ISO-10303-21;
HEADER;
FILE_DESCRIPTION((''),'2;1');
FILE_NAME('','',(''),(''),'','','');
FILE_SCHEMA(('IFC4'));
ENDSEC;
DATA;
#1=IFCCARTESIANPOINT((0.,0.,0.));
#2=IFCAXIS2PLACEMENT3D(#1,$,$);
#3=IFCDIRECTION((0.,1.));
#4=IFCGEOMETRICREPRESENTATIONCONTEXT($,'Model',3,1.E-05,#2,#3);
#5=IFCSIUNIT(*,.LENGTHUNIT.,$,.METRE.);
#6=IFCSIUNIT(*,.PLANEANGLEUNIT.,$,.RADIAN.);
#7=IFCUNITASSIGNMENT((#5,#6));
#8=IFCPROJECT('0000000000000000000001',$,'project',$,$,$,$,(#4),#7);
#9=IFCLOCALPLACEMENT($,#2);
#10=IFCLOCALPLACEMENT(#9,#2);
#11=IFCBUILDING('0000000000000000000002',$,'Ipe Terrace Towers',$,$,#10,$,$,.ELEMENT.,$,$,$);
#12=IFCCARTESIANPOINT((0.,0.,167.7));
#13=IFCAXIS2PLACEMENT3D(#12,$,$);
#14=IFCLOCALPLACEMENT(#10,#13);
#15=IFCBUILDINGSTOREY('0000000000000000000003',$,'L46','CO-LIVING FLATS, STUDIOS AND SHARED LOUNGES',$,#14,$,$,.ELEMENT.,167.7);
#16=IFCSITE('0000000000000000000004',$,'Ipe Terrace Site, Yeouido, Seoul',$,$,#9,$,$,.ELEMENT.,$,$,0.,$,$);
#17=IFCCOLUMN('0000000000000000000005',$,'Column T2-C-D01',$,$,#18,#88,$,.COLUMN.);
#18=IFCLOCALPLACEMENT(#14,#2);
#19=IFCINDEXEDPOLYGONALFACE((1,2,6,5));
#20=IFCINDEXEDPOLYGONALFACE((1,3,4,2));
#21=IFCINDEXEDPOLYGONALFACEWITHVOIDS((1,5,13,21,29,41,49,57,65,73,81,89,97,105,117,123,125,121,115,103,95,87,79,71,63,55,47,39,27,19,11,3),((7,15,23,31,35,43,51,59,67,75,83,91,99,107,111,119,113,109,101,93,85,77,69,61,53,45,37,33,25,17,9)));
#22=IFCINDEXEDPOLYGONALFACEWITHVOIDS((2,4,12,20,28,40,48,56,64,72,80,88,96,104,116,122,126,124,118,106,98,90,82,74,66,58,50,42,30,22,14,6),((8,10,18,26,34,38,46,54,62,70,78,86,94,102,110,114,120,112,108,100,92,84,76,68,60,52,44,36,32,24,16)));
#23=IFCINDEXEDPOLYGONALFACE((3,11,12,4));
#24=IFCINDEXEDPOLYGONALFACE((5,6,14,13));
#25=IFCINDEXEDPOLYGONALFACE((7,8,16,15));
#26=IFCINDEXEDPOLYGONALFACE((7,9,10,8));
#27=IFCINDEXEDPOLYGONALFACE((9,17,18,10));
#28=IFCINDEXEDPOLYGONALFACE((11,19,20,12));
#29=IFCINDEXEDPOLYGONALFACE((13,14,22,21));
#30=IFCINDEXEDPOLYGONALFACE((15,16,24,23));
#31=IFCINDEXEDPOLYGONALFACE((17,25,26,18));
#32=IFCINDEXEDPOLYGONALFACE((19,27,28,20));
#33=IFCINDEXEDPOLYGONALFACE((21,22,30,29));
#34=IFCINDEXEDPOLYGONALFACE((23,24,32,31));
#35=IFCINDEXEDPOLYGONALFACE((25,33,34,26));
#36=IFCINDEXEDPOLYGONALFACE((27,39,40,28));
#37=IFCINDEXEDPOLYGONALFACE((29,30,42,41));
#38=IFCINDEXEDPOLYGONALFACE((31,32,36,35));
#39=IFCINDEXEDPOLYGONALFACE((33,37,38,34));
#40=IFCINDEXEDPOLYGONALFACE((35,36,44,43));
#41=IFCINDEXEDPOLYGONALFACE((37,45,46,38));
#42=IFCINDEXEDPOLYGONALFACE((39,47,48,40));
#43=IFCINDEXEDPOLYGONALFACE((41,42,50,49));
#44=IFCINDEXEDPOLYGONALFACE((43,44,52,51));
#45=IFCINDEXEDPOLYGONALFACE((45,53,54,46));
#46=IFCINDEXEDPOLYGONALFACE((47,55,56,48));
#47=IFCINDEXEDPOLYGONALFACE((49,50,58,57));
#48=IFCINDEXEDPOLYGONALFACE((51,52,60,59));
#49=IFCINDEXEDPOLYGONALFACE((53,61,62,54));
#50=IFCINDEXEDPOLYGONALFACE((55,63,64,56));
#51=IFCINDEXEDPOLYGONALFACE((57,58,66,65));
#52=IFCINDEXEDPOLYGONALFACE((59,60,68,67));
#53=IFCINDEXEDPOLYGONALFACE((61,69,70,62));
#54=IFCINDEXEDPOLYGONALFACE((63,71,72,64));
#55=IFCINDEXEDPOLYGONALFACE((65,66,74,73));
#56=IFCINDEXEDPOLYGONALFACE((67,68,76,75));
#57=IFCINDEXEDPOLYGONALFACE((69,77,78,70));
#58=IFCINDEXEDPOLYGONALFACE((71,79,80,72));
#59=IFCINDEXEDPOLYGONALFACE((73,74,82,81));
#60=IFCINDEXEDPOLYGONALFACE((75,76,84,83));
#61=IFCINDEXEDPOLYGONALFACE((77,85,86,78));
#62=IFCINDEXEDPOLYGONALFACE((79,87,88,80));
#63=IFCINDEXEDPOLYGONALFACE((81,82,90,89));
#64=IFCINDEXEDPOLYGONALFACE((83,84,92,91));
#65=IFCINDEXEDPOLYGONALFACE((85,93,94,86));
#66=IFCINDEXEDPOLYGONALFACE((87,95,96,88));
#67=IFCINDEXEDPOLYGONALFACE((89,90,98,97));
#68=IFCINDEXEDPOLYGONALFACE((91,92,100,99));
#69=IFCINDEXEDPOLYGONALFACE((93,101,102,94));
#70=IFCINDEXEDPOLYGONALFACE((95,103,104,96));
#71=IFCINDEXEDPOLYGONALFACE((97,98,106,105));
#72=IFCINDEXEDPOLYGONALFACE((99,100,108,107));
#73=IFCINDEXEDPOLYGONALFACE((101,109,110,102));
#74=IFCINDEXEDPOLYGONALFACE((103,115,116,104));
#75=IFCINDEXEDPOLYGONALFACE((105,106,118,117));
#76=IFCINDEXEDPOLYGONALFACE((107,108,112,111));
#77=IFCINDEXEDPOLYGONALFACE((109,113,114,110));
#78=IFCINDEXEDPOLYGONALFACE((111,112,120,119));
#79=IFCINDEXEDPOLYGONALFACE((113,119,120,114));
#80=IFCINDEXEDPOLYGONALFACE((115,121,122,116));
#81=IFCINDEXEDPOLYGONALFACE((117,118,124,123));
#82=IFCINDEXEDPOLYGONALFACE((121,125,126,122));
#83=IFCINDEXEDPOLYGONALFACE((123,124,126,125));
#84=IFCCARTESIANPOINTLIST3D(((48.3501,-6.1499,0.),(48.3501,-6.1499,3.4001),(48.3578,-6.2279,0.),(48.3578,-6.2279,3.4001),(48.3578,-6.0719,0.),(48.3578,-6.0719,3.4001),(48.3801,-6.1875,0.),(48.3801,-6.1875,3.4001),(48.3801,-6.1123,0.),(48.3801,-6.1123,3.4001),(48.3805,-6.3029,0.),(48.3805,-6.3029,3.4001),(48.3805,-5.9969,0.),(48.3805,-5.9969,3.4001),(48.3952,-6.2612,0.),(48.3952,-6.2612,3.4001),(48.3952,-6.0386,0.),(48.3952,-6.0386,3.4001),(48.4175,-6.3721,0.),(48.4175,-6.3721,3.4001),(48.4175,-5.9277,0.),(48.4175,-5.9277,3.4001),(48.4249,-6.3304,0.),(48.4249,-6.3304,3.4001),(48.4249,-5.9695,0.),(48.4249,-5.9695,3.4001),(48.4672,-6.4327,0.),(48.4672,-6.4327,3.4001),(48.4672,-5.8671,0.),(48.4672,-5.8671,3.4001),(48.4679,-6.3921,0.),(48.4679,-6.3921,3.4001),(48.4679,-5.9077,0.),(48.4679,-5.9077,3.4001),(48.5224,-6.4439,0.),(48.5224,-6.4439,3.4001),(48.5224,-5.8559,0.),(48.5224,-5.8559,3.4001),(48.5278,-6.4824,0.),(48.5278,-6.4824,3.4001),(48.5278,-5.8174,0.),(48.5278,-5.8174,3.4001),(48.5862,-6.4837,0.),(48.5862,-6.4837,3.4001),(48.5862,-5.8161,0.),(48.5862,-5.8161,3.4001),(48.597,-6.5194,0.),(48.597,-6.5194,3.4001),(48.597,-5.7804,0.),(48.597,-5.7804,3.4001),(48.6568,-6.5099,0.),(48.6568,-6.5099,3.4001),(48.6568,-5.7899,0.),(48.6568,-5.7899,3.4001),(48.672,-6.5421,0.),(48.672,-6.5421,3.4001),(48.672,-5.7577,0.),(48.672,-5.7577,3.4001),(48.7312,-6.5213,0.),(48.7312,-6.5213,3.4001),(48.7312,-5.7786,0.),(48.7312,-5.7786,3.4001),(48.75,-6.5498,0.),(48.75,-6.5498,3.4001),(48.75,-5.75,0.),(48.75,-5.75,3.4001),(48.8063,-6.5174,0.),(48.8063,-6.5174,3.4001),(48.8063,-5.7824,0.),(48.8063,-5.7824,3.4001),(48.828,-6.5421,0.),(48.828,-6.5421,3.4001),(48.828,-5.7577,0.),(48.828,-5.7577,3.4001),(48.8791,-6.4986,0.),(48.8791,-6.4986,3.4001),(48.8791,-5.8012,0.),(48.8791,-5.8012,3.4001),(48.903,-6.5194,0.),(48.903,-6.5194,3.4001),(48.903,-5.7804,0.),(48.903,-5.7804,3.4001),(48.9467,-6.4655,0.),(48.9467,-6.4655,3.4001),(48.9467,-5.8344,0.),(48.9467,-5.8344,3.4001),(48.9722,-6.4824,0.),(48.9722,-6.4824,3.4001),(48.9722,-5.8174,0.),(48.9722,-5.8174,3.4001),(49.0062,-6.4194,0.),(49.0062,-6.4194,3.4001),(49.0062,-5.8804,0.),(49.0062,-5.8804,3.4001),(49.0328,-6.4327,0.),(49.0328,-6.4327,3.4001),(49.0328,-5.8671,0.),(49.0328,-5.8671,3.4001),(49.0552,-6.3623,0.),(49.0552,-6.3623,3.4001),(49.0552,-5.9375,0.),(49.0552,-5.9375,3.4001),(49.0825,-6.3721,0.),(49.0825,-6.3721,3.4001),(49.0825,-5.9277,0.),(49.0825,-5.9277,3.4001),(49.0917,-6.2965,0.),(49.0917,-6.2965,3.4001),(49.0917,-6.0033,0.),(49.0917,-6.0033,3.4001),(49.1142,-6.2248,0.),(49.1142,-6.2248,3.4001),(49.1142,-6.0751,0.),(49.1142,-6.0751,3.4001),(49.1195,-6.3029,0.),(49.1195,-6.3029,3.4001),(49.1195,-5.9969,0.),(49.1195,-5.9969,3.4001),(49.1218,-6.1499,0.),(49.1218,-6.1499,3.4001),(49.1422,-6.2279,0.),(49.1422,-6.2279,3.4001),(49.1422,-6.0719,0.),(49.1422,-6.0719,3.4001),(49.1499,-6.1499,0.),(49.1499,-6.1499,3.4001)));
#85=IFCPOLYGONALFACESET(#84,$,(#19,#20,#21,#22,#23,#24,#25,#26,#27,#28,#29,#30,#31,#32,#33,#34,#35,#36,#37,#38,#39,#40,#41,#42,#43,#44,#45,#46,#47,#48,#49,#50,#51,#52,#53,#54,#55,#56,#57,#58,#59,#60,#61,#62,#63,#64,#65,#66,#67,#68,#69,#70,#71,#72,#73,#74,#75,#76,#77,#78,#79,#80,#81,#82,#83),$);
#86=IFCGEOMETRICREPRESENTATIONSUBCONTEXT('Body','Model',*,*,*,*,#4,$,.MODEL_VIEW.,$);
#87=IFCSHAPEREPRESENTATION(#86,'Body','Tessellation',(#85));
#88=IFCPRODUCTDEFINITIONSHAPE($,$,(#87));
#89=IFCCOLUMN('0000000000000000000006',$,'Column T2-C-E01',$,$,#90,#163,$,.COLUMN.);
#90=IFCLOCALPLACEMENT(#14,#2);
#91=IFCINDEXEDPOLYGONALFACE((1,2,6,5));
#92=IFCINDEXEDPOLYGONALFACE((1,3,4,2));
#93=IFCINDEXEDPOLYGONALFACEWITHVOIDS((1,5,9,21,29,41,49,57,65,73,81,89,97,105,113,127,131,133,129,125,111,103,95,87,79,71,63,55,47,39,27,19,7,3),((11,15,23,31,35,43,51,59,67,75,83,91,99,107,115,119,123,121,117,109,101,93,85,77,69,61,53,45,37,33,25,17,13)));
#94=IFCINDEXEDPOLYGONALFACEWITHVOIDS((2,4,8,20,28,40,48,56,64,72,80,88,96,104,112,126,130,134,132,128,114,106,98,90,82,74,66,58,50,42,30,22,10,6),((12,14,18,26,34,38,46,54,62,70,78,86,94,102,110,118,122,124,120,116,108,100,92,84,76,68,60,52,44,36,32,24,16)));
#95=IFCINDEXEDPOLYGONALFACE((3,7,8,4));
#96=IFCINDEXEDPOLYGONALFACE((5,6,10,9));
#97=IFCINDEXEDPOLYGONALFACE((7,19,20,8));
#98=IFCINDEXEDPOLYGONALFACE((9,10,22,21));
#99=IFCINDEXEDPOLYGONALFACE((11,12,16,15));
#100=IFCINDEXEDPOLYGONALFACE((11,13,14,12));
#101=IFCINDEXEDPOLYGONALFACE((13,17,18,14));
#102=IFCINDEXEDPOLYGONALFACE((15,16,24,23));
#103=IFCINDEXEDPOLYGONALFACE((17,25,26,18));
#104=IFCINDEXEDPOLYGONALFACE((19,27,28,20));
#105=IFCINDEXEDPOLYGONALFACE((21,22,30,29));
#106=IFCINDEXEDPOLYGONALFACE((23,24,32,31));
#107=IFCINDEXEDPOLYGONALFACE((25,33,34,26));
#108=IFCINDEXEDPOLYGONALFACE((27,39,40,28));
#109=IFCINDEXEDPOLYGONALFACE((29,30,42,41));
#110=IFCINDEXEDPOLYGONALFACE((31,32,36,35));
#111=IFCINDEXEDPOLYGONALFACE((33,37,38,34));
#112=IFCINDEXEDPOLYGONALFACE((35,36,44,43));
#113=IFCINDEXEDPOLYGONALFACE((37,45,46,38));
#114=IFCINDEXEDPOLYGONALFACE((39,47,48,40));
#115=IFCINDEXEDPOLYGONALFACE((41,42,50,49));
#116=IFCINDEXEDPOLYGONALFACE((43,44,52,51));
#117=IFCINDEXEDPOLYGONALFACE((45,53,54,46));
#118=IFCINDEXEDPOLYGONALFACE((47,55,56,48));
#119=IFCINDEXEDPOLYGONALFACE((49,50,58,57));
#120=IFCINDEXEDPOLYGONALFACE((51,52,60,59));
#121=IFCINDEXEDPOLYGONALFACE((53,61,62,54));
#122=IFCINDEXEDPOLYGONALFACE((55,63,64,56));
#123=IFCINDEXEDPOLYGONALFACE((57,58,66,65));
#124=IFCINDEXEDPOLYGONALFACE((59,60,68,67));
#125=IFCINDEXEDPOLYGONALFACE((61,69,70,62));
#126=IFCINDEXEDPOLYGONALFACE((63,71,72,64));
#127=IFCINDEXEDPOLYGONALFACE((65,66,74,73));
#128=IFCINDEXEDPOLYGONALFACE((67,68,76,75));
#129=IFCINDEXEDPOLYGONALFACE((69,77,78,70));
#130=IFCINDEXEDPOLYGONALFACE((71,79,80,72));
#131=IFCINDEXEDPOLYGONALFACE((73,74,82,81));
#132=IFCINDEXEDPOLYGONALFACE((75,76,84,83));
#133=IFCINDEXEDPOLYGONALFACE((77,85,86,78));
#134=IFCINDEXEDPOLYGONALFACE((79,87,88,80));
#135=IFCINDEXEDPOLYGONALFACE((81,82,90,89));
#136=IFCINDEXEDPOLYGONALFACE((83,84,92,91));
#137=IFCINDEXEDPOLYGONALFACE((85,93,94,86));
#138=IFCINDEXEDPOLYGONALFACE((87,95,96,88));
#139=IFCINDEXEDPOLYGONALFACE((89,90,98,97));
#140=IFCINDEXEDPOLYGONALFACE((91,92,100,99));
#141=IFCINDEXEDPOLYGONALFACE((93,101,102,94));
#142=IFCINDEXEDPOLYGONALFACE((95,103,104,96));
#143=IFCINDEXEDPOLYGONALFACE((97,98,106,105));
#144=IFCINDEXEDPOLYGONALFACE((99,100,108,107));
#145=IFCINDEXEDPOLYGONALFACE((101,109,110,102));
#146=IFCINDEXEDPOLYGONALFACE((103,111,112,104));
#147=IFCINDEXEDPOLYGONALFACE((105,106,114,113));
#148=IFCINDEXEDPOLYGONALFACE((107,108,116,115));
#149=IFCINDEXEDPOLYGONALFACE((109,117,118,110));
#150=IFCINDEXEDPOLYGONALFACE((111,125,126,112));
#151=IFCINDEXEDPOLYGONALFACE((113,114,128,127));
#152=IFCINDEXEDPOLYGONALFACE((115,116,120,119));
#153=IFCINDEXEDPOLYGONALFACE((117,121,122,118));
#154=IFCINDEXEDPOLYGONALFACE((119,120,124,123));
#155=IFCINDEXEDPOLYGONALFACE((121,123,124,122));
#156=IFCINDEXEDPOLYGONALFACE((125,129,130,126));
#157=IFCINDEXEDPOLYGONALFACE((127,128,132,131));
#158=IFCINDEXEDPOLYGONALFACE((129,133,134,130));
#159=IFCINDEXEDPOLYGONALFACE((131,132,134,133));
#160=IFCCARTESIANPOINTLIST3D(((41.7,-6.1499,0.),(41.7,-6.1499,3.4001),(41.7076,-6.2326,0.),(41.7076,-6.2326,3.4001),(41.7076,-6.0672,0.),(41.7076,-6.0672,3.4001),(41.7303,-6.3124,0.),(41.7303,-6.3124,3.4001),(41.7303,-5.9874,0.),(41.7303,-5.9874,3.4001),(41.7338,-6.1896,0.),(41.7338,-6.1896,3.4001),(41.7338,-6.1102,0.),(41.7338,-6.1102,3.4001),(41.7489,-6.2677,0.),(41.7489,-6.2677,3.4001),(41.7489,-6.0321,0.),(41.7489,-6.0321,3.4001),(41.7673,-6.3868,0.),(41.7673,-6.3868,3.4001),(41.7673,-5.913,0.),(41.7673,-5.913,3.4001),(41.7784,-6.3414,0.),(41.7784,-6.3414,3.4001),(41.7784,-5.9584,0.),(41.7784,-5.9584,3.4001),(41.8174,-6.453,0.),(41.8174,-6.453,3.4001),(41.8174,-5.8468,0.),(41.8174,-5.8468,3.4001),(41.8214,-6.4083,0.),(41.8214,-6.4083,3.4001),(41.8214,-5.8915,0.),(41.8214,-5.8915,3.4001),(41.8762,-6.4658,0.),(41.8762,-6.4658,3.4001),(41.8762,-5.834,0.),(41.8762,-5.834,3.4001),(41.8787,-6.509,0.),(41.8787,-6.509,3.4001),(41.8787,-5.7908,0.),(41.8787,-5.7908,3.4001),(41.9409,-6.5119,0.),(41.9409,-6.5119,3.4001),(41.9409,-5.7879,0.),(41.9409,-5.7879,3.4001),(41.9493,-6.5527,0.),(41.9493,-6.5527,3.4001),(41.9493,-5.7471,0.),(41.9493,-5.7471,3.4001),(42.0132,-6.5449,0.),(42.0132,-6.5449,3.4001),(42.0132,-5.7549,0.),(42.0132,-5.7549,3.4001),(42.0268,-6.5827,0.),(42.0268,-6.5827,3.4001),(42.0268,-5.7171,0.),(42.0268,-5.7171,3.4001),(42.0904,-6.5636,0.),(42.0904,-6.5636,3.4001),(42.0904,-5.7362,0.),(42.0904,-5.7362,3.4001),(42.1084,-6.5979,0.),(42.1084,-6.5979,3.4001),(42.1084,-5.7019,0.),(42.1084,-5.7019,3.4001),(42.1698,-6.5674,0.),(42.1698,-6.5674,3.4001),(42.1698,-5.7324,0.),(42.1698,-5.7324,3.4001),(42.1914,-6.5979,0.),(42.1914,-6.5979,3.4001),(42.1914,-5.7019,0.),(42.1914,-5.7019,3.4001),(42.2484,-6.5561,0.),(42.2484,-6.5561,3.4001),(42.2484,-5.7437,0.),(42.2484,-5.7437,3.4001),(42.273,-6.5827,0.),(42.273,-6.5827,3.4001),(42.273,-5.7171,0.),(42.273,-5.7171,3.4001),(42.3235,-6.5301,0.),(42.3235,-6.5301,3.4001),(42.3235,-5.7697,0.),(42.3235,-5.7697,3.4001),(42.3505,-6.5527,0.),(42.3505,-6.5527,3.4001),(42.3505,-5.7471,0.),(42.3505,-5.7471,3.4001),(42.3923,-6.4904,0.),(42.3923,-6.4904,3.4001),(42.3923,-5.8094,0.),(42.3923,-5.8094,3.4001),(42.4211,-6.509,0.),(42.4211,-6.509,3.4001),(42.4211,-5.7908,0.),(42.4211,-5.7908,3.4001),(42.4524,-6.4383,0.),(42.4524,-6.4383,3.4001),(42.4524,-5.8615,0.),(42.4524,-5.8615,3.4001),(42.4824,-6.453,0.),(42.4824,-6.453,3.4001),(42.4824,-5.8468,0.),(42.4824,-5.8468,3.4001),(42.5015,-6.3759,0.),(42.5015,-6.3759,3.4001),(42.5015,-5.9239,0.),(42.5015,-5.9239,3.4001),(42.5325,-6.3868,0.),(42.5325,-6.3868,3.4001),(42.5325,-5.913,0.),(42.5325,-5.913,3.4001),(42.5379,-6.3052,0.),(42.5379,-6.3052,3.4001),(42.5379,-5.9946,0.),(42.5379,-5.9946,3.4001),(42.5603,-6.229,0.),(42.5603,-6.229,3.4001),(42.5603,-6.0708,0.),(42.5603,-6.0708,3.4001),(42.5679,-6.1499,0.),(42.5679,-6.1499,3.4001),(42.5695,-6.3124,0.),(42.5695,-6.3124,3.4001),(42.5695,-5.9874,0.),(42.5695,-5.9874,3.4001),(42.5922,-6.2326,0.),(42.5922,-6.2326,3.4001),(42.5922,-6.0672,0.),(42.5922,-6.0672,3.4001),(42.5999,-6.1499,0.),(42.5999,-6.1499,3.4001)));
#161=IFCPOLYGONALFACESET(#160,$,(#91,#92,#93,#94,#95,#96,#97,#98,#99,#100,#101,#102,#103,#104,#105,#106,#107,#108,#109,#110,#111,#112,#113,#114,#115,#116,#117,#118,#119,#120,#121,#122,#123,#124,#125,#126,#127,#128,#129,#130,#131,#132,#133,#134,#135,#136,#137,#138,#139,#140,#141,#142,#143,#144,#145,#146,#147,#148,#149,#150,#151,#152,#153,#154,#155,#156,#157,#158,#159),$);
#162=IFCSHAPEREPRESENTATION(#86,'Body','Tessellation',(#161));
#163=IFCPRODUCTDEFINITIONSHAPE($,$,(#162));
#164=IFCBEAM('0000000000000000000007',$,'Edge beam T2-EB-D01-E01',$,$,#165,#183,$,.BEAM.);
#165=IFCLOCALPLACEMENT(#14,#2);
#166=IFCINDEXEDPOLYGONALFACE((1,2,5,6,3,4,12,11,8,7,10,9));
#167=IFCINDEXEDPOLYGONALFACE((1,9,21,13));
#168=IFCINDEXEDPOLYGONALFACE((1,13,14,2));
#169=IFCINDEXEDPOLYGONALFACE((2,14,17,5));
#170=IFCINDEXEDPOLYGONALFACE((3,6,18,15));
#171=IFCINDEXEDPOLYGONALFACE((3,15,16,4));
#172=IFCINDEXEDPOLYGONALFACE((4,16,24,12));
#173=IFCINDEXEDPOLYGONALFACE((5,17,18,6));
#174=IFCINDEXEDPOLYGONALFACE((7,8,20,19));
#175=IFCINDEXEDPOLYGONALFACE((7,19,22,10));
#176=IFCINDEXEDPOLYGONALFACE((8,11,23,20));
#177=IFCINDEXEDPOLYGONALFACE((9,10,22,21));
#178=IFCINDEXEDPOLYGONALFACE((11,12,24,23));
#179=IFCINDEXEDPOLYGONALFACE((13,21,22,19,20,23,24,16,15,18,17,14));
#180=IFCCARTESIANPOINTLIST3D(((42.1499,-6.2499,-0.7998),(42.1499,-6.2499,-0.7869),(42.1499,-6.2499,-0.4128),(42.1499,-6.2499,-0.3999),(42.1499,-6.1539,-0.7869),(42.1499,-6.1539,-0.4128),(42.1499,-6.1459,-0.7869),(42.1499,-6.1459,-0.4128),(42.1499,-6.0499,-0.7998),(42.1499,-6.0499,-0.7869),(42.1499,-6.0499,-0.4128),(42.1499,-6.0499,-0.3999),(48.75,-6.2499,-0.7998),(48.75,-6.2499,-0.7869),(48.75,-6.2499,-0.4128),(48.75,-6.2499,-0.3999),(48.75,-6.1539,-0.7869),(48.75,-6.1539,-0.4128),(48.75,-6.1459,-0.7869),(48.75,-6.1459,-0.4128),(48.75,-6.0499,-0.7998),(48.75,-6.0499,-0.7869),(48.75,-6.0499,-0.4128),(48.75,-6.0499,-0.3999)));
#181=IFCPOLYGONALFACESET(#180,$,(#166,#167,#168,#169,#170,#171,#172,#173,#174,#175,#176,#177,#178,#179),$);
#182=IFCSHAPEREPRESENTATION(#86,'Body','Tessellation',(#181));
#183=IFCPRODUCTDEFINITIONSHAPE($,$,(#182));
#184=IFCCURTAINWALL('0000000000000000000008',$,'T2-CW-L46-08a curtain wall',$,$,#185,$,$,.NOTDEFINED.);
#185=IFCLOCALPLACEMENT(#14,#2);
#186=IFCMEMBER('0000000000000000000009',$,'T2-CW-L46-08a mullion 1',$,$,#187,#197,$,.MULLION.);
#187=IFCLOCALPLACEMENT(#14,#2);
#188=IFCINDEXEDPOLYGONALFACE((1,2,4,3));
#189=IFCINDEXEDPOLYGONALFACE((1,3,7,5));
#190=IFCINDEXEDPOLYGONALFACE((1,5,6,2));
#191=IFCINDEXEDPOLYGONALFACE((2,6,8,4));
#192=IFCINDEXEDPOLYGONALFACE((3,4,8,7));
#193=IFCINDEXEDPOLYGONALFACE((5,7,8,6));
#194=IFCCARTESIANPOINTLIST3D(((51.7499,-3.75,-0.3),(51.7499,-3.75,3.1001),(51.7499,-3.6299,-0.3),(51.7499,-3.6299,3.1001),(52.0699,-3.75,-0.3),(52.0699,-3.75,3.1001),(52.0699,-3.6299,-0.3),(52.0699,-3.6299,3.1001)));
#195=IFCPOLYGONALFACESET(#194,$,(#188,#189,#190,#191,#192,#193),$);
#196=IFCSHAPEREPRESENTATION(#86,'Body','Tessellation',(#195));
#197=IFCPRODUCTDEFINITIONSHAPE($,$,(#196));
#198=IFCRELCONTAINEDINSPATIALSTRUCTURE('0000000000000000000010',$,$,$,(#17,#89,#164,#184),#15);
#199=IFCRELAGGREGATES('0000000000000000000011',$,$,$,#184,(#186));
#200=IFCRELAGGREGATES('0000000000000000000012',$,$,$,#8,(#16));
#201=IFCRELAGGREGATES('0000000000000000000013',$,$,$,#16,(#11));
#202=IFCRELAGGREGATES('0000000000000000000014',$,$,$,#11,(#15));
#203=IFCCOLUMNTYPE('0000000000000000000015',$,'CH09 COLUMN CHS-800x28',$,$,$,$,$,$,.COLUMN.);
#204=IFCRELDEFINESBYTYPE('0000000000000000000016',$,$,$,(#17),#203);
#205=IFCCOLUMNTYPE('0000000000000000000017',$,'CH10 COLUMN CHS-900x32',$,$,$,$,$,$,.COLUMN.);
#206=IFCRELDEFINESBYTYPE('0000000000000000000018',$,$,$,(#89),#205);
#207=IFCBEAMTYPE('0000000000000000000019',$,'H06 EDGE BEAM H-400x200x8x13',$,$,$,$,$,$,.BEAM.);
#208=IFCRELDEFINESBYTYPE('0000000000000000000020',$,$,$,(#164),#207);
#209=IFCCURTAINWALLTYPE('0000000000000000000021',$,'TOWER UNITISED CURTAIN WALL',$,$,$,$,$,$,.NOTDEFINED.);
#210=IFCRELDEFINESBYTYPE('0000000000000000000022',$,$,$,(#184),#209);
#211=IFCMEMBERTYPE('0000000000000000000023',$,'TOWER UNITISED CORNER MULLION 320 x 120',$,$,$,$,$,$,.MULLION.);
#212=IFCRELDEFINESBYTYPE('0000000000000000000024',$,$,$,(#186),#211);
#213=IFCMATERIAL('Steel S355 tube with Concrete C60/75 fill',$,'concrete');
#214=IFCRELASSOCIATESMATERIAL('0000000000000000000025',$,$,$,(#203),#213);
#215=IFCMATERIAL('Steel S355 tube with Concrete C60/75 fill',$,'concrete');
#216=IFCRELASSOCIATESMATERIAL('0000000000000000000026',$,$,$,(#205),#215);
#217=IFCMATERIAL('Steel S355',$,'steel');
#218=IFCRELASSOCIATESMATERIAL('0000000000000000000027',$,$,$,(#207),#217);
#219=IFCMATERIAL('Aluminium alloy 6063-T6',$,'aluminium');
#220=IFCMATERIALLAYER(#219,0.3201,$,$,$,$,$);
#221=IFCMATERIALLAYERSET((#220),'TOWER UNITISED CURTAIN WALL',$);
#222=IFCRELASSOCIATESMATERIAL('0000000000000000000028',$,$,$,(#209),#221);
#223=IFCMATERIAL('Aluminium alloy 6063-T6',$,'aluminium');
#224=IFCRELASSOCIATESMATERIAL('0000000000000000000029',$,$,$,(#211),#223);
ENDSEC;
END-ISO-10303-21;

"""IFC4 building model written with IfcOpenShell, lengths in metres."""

from ifc_helpers import new_model, si_unit, direction, frame, origin, origin_2d, place, context, subcontext, project, spatial, rectangle, hollow_circle, i_section, extrude, material, layer, layer_set, material_profile, profile_set, type_object, element, aggregate, save


model = new_model("IFC4")

# Units and contexts
model_context = context("Model", 3, precision=1e-05, world=origin(), true_north=direction((0.0, 1.0)))
body_context = subcontext(model_context, "Body", "Model", "MODEL_VIEW")
ifc_project = project(units=[si_unit("LENGTHUNIT", "METRE"), si_unit("PLANEANGLEUNIT", "RADIAN")], contexts=[model_context])

# Site, building, storey
site_placement = place(None, origin())
site = spatial("IfcSite", under=ifc_project, at=site_placement, Name="Ipe Terrace Site, Yeouido, Seoul", CompositionType="ELEMENT", RefElevation=0.0)
building_placement = place(site_placement, origin())
building = spatial("IfcBuilding", under=site, at=building_placement, Name="Ipe Terrace Towers", CompositionType="ELEMENT")
storey_placement = place(building_placement, frame((0.0, 0.0, 167.7)))
storey = spatial("IfcBuildingStorey", under=building, at=storey_placement, Name="L46", Description="CO-LIVING FLATS, STUDIOS AND SHARED LOUNGES", CompositionType="ELEMENT", Elevation=167.7)

# Columns
ifc_material_1 = material(Name="Steel S355 tube with Concrete C60/75 fill", Category="concrete")
ifc_material_profile_1 = material_profile(ifc_material_1, hollow_circle(Radius=0.3999, WallThickness=0.0281, at=origin_2d()), Name="CHS-800x28")
ifc_profile_set_1 = profile_set([ifc_material_profile_1], Name="Steel S355 tube with Concrete C60/75 fill")
column_type_1 = type_object("IfcColumnType", Name="CH09 COLUMN CHS-800x28", PredefinedType="COLUMN", material=ifc_profile_set_1)
column_1_placement = place(storey_placement, frame((48.75, -6.1499, 0.0), z_axis=(0.0, 0.0, 1.0), x_axis=(1.0, 0.0, 0.0)))
element("IfcColumn", 1, at=column_1_placement, inside=storey, type_object=column_type_1, Name="Column T2-C-D01", PredefinedType="COLUMN", context=body_context, shape_type="SweptSolid", body=[
    extrude(hollow_circle(Radius=0.3999, WallThickness=0.0281, at=origin_2d()), origin(), (0.0, 0.0, 1.0), 3.4001),
])
ifc_material_2 = material(Name="Steel S355 tube with Concrete C60/75 fill", Category="concrete")
ifc_material_profile_2 = material_profile(ifc_material_2, hollow_circle(Radius=0.45, WallThickness=0.032, at=origin_2d()), Name="CHS-900x32")
ifc_profile_set_2 = profile_set([ifc_material_profile_2], Name="Steel S355 tube with Concrete C60/75 fill")
column_type_2 = type_object("IfcColumnType", Name="CH10 COLUMN CHS-900x32", PredefinedType="COLUMN", material=ifc_profile_set_2)
column_2_placement = place(storey_placement, frame((42.1499, -6.1499, 0.0), z_axis=(0.0, 0.0, 1.0), x_axis=(1.0, 0.0, 0.0)))
element("IfcColumn", 2, at=column_2_placement, inside=storey, type_object=column_type_2, Name="Column T2-C-E01", PredefinedType="COLUMN", context=body_context, shape_type="SweptSolid", body=[
    extrude(hollow_circle(Radius=0.45, WallThickness=0.032, at=origin_2d()), origin(), (0.0, 0.0, 1.0), 3.4001),
])

# Beam
ifc_material_3 = material(Name="Steel S355", Category="steel")
ifc_material_profile_3 = material_profile(ifc_material_3, i_section(OverallWidth=0.2, OverallDepth=0.3999, WebThickness=0.0081, FlangeThickness=0.0129, at=origin_2d()), Name="H-400x200x8x13")
ifc_profile_set_3 = profile_set([ifc_material_profile_3], Name="Steel S355")
beam_type = type_object("IfcBeamType", Name="H06 EDGE BEAM H-400x200x8x13", PredefinedType="BEAM", material=ifc_profile_set_3)
beam_placement = place(storey_placement, frame((48.75, -6.1499, -0.5999), z_axis=(-1.0, 0.0, 0.0), x_axis=(0.0, -1.0, 0.0)))
element("IfcBeam", 3, at=beam_placement, inside=storey, type_object=beam_type, Name="Edge beam T2-EB-D01-E01", PredefinedType="BEAM", context=body_context, shape_type="SweptSolid", body=[
    extrude(i_section(OverallWidth=0.2, OverallDepth=0.3999, WebThickness=0.0081, FlangeThickness=0.0129, at=origin_2d()), origin(), (0.0, 0.0, 1.0), 6.6001),
])

# Curtain wall, member
ifc_material_4 = material(Name="Aluminium alloy 6063-T6", Category="aluminium")
ifc_layer_1 = layer(ifc_material_4, 0.3201)
ifc_layer_set_1 = layer_set([ifc_layer_1], Name="TOWER UNITISED CURTAIN WALL")
curtain_wall_type = type_object("IfcCurtainWallType", Name="TOWER UNITISED CURTAIN WALL", PredefinedType="NOTDEFINED", material=ifc_layer_set_1)
curtain_wall_placement = place(storey_placement, origin())
curtain_wall = element("IfcCurtainWall", 4, at=curtain_wall_placement, inside=storey, type_object=curtain_wall_type, Name="T2-CW-L46-08a curtain wall", PredefinedType="NOTDEFINED")
ifc_material_5 = material(Name="Aluminium alloy 6063-T6", Category="aluminium")
ifc_material_profile_4 = material_profile(ifc_material_5, rectangle(XDim=0.3201, YDim=0.1201, at=origin_2d()), Name="TOWER UNITISED CORNER MULLION 320 x 120")
ifc_profile_set_4 = profile_set([ifc_material_profile_4], Name="Aluminium alloy 6063-T6")
member_type_1 = type_object("IfcMemberType", Name="TOWER UNITISED CORNER MULLION 320 x 120", PredefinedType="MULLION", material=ifc_profile_set_4)
member_1_placement = place(storey_placement, frame((51.9099, -3.6899, -0.3), z_axis=(0.0, 0.0, 1.0), x_axis=(1.0, 0.0, 0.0)))
member_1 = element("IfcMember", 5, at=member_1_placement, type_object=member_type_1, Name="T2-CW-L46-08a mullion 1", PredefinedType="MULLION", context=body_context, shape_type="SweptSolid", body=[
    extrude(rectangle(XDim=0.3201, YDim=0.1201, at=origin_2d()), origin(), (0.0, 0.0, 1.0), 3.4001),
])
aggregate(curtain_wall, [member_1])

save(model, "model.ifc")
